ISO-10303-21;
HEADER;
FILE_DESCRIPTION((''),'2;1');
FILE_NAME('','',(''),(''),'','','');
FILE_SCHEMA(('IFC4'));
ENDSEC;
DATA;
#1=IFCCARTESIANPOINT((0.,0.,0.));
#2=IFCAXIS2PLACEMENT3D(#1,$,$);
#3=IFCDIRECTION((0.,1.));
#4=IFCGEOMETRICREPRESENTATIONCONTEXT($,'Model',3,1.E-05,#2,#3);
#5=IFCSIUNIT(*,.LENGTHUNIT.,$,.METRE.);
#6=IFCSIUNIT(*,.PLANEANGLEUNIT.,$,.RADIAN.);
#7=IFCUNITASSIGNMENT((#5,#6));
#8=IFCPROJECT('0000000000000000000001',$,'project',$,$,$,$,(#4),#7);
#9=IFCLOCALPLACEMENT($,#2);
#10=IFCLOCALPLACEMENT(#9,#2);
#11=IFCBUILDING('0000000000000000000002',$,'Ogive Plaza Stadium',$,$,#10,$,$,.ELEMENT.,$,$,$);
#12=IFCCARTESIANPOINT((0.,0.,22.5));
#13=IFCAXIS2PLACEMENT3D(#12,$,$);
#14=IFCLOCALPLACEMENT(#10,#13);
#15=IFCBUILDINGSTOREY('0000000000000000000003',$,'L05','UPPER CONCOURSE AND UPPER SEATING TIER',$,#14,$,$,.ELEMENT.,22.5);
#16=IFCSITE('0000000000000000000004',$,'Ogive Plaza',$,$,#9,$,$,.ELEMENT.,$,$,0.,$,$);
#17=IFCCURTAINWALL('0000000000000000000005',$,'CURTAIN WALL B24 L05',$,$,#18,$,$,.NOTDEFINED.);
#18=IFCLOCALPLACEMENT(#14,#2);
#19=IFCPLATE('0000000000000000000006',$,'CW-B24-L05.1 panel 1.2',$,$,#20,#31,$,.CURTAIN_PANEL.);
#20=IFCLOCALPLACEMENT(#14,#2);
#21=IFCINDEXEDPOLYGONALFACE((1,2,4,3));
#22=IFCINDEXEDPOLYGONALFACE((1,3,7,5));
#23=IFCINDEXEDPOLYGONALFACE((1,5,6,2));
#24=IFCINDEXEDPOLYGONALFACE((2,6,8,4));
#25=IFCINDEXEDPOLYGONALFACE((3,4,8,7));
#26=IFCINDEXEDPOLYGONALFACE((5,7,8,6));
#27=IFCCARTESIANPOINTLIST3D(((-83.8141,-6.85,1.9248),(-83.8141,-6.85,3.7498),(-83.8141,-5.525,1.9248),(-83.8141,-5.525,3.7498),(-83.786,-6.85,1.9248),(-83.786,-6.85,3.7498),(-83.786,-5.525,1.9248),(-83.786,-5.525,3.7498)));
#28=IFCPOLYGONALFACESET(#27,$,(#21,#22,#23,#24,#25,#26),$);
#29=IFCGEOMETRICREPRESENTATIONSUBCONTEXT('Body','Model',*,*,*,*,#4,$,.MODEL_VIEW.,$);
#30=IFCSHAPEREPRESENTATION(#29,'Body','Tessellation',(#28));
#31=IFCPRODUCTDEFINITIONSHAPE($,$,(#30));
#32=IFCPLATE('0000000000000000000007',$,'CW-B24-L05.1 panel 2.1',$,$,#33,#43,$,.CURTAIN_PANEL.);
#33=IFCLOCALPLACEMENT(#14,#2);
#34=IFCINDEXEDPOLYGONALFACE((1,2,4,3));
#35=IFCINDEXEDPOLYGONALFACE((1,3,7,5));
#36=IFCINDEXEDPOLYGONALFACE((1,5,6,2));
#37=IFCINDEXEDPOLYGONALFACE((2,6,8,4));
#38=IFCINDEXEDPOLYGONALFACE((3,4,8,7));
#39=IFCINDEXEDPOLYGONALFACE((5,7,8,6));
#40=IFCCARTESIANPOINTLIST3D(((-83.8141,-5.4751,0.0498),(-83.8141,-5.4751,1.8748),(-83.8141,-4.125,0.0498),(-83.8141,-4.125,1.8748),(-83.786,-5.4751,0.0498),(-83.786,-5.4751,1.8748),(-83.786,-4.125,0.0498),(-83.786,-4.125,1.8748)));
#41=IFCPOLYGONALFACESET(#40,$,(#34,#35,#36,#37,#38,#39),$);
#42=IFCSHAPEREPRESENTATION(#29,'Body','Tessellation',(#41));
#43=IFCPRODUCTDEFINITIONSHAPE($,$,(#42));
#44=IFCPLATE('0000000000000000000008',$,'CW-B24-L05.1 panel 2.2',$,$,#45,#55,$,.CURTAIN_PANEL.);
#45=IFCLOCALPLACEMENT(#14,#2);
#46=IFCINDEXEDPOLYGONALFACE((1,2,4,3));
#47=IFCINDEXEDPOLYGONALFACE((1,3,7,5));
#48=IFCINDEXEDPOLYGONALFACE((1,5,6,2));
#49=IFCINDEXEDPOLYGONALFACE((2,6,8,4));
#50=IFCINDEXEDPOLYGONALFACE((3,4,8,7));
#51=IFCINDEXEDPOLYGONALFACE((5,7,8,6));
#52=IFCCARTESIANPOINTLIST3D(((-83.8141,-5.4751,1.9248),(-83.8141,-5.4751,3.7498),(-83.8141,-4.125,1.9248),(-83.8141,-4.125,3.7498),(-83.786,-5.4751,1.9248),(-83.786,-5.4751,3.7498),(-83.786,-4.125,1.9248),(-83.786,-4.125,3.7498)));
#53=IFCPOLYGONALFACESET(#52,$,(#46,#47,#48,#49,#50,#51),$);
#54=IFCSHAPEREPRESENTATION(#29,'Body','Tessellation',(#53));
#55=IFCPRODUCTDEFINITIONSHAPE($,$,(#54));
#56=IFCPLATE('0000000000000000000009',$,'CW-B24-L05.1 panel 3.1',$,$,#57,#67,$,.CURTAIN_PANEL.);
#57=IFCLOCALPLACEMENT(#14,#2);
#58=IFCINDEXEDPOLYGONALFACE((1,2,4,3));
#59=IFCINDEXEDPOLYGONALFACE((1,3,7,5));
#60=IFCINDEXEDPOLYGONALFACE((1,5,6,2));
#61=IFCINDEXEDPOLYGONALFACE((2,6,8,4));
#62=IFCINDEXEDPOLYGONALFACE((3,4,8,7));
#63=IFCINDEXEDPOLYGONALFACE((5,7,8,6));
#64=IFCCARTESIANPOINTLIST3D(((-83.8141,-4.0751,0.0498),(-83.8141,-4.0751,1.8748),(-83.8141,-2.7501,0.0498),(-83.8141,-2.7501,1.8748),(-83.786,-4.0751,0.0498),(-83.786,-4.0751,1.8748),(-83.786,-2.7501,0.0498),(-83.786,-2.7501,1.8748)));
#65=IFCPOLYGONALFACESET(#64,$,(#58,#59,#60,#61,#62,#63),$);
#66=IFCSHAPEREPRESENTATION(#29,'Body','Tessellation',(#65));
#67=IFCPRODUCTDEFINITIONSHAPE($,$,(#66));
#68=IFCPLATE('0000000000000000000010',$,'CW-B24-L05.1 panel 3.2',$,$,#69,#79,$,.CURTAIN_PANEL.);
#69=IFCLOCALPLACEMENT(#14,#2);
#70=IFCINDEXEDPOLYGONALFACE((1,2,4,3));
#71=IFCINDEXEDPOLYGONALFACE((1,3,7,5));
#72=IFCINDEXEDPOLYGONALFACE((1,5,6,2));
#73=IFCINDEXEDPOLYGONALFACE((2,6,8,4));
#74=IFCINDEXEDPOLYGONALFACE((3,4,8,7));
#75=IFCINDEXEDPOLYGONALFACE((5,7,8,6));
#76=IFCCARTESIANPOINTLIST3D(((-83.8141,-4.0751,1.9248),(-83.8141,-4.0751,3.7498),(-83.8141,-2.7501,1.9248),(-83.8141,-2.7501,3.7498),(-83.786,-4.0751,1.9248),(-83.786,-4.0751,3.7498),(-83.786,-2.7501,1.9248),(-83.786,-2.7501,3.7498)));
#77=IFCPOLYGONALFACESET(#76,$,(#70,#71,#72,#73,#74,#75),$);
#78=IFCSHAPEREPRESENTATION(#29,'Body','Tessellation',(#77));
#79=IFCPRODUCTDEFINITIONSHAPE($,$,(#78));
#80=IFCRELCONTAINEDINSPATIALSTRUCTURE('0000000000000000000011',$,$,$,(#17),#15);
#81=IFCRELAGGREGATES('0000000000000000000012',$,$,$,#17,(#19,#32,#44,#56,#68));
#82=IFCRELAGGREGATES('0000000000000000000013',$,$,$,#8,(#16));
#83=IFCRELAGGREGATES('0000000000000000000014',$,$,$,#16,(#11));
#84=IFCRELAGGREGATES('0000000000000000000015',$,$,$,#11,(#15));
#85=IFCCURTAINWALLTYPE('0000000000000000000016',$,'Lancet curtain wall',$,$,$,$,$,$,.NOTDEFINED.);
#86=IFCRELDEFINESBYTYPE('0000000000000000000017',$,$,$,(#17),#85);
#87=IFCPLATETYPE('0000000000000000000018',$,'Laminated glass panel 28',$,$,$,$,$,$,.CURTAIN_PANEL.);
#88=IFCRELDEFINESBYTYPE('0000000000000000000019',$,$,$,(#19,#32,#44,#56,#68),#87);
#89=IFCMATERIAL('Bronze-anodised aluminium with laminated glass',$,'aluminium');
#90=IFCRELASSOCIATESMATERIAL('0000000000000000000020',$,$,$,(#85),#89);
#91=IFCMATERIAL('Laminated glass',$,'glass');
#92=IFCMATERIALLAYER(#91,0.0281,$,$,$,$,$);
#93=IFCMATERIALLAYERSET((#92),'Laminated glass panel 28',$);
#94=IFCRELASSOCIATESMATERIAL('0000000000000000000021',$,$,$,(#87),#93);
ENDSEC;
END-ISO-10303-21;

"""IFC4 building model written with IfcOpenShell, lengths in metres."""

from ifc_helpers import new_model, si_unit, direction, frame, origin, origin_2d, place, context, subcontext, project, spatial, rectangle, extrude, material, layer, layer_set, type_object, element, aggregate, save


model = new_model("IFC4")

# Units and contexts
model_context = context("Model", 3, precision=1e-05, world=origin(), true_north=direction((0.0, 1.0)))
body_context = subcontext(model_context, "Body", "Model", "MODEL_VIEW")
ifc_project = project(units=[si_unit("LENGTHUNIT", "METRE"), si_unit("PLANEANGLEUNIT", "RADIAN")], contexts=[model_context])

# Site, building, storey
site_placement = place(None, origin())
site = spatial("IfcSite", under=ifc_project, at=site_placement, Name="Ogive Plaza", CompositionType="ELEMENT", RefElevation=0.0)
building_placement = place(site_placement, origin())
building = spatial("IfcBuilding", under=site, at=building_placement, Name="Ogive Plaza Stadium", CompositionType="ELEMENT")
storey_placement = place(building_placement, frame((0.0, 0.0, 22.5)))
storey = spatial("IfcBuildingStorey", under=building, at=storey_placement, Name="L05", Description="UPPER CONCOURSE AND UPPER SEATING TIER", CompositionType="ELEMENT", Elevation=22.5)

# Curtain wall
ifc_material_1 = material(Name="Bronze-anodised aluminium with laminated glass", Category="aluminium")
curtain_wall_type = type_object("IfcCurtainWallType", Name="Lancet curtain wall", PredefinedType="NOTDEFINED", material=ifc_material_1)
curtain_wall_1_placement = place(storey_placement, origin())
curtain_wall_1 = element("IfcCurtainWall", 1, at=curtain_wall_1_placement, inside=storey, type_object=curtain_wall_type, Name="CURTAIN WALL B24 L05", PredefinedType="NOTDEFINED")

# Plates
ifc_material_2 = material(Name="Laminated glass", Category="glass")
ifc_layer = layer(ifc_material_2, 0.0281)
ifc_layer_set = layer_set([ifc_layer], Name="Laminated glass panel 28")
plate_type = type_object("IfcPlateType", Name="Laminated glass panel 28", PredefinedType="CURTAIN_PANEL", material=ifc_layer_set)
plate_1_placement = place(storey_placement, frame((-83.8, -6.1875, 1.9248), z_axis=(0.0, 0.0, 1.0), x_axis=(0.0, 1.0, 0.0)))
plate_1 = element("IfcPlate", 2, at=plate_1_placement, type_object=plate_type, Name="CW-B24-L05.1 panel 1.2", PredefinedType="CURTAIN_PANEL", context=body_context, shape_type="SweptSolid", body=[
    extrude(rectangle(XDim=1.325, YDim=0.0281, at=origin_2d()), origin(), (0.0, 0.0, 1.0), 1.825),
])
plate_2_placement = place(storey_placement, frame((-83.8, -4.8, 0.0498), z_axis=(0.0, 0.0, 1.0), x_axis=(0.0, 1.0, 0.0)))
plate_2 = element("IfcPlate", 3, at=plate_2_placement, type_object=plate_type, Name="CW-B24-L05.1 panel 2.1", PredefinedType="CURTAIN_PANEL", context=body_context, shape_type="SweptSolid", body=[
    extrude(rectangle(XDim=1.3501, YDim=0.0281, at=origin_2d()), origin(), (0.0, 0.0, 1.0), 1.825),
])
plate_3_placement = place(storey_placement, frame((-83.8, -4.8, 1.9248), z_axis=(0.0, 0.0, 1.0), x_axis=(0.0, 1.0, 0.0)))
plate_3 = element("IfcPlate", 4, at=plate_3_placement, type_object=plate_type, Name="CW-B24-L05.1 panel 2.2", PredefinedType="CURTAIN_PANEL", context=body_context, shape_type="SweptSolid", body=[
    extrude(rectangle(XDim=1.3501, YDim=0.0281, at=origin_2d()), origin(), (0.0, 0.0, 1.0), 1.825),
])
plate_4_placement = place(storey_placement, frame((-83.8, -3.4126, 0.0498), z_axis=(0.0, 0.0, 1.0), x_axis=(0.0, 1.0, 0.0)))
plate_4 = element("IfcPlate", 5, at=plate_4_placement, type_object=plate_type, Name="CW-B24-L05.1 panel 3.1", PredefinedType="CURTAIN_PANEL", context=body_context, shape_type="SweptSolid", body=[
    extrude(rectangle(XDim=1.325, YDim=0.0281, at=origin_2d()), origin(), (0.0, 0.0, 1.0), 1.825),
])
plate_5_placement = place(storey_placement, frame((-83.8, -3.4126, 1.9248), z_axis=(0.0, 0.0, 1.0), x_axis=(0.0, 1.0, 0.0)))
plate_5 = element("IfcPlate", 6, at=plate_5_placement, type_object=plate_type, Name="CW-B24-L05.1 panel 3.2", PredefinedType="CURTAIN_PANEL", context=body_context, shape_type="SweptSolid", body=[
    extrude(rectangle(XDim=1.325, YDim=0.0281, at=origin_2d()), origin(), (0.0, 0.0, 1.0), 1.825),
])
aggregate(curtain_wall_1, [plate_1, plate_2, plate_3, plate_4, plate_5])

save(model, "model.ifc")
